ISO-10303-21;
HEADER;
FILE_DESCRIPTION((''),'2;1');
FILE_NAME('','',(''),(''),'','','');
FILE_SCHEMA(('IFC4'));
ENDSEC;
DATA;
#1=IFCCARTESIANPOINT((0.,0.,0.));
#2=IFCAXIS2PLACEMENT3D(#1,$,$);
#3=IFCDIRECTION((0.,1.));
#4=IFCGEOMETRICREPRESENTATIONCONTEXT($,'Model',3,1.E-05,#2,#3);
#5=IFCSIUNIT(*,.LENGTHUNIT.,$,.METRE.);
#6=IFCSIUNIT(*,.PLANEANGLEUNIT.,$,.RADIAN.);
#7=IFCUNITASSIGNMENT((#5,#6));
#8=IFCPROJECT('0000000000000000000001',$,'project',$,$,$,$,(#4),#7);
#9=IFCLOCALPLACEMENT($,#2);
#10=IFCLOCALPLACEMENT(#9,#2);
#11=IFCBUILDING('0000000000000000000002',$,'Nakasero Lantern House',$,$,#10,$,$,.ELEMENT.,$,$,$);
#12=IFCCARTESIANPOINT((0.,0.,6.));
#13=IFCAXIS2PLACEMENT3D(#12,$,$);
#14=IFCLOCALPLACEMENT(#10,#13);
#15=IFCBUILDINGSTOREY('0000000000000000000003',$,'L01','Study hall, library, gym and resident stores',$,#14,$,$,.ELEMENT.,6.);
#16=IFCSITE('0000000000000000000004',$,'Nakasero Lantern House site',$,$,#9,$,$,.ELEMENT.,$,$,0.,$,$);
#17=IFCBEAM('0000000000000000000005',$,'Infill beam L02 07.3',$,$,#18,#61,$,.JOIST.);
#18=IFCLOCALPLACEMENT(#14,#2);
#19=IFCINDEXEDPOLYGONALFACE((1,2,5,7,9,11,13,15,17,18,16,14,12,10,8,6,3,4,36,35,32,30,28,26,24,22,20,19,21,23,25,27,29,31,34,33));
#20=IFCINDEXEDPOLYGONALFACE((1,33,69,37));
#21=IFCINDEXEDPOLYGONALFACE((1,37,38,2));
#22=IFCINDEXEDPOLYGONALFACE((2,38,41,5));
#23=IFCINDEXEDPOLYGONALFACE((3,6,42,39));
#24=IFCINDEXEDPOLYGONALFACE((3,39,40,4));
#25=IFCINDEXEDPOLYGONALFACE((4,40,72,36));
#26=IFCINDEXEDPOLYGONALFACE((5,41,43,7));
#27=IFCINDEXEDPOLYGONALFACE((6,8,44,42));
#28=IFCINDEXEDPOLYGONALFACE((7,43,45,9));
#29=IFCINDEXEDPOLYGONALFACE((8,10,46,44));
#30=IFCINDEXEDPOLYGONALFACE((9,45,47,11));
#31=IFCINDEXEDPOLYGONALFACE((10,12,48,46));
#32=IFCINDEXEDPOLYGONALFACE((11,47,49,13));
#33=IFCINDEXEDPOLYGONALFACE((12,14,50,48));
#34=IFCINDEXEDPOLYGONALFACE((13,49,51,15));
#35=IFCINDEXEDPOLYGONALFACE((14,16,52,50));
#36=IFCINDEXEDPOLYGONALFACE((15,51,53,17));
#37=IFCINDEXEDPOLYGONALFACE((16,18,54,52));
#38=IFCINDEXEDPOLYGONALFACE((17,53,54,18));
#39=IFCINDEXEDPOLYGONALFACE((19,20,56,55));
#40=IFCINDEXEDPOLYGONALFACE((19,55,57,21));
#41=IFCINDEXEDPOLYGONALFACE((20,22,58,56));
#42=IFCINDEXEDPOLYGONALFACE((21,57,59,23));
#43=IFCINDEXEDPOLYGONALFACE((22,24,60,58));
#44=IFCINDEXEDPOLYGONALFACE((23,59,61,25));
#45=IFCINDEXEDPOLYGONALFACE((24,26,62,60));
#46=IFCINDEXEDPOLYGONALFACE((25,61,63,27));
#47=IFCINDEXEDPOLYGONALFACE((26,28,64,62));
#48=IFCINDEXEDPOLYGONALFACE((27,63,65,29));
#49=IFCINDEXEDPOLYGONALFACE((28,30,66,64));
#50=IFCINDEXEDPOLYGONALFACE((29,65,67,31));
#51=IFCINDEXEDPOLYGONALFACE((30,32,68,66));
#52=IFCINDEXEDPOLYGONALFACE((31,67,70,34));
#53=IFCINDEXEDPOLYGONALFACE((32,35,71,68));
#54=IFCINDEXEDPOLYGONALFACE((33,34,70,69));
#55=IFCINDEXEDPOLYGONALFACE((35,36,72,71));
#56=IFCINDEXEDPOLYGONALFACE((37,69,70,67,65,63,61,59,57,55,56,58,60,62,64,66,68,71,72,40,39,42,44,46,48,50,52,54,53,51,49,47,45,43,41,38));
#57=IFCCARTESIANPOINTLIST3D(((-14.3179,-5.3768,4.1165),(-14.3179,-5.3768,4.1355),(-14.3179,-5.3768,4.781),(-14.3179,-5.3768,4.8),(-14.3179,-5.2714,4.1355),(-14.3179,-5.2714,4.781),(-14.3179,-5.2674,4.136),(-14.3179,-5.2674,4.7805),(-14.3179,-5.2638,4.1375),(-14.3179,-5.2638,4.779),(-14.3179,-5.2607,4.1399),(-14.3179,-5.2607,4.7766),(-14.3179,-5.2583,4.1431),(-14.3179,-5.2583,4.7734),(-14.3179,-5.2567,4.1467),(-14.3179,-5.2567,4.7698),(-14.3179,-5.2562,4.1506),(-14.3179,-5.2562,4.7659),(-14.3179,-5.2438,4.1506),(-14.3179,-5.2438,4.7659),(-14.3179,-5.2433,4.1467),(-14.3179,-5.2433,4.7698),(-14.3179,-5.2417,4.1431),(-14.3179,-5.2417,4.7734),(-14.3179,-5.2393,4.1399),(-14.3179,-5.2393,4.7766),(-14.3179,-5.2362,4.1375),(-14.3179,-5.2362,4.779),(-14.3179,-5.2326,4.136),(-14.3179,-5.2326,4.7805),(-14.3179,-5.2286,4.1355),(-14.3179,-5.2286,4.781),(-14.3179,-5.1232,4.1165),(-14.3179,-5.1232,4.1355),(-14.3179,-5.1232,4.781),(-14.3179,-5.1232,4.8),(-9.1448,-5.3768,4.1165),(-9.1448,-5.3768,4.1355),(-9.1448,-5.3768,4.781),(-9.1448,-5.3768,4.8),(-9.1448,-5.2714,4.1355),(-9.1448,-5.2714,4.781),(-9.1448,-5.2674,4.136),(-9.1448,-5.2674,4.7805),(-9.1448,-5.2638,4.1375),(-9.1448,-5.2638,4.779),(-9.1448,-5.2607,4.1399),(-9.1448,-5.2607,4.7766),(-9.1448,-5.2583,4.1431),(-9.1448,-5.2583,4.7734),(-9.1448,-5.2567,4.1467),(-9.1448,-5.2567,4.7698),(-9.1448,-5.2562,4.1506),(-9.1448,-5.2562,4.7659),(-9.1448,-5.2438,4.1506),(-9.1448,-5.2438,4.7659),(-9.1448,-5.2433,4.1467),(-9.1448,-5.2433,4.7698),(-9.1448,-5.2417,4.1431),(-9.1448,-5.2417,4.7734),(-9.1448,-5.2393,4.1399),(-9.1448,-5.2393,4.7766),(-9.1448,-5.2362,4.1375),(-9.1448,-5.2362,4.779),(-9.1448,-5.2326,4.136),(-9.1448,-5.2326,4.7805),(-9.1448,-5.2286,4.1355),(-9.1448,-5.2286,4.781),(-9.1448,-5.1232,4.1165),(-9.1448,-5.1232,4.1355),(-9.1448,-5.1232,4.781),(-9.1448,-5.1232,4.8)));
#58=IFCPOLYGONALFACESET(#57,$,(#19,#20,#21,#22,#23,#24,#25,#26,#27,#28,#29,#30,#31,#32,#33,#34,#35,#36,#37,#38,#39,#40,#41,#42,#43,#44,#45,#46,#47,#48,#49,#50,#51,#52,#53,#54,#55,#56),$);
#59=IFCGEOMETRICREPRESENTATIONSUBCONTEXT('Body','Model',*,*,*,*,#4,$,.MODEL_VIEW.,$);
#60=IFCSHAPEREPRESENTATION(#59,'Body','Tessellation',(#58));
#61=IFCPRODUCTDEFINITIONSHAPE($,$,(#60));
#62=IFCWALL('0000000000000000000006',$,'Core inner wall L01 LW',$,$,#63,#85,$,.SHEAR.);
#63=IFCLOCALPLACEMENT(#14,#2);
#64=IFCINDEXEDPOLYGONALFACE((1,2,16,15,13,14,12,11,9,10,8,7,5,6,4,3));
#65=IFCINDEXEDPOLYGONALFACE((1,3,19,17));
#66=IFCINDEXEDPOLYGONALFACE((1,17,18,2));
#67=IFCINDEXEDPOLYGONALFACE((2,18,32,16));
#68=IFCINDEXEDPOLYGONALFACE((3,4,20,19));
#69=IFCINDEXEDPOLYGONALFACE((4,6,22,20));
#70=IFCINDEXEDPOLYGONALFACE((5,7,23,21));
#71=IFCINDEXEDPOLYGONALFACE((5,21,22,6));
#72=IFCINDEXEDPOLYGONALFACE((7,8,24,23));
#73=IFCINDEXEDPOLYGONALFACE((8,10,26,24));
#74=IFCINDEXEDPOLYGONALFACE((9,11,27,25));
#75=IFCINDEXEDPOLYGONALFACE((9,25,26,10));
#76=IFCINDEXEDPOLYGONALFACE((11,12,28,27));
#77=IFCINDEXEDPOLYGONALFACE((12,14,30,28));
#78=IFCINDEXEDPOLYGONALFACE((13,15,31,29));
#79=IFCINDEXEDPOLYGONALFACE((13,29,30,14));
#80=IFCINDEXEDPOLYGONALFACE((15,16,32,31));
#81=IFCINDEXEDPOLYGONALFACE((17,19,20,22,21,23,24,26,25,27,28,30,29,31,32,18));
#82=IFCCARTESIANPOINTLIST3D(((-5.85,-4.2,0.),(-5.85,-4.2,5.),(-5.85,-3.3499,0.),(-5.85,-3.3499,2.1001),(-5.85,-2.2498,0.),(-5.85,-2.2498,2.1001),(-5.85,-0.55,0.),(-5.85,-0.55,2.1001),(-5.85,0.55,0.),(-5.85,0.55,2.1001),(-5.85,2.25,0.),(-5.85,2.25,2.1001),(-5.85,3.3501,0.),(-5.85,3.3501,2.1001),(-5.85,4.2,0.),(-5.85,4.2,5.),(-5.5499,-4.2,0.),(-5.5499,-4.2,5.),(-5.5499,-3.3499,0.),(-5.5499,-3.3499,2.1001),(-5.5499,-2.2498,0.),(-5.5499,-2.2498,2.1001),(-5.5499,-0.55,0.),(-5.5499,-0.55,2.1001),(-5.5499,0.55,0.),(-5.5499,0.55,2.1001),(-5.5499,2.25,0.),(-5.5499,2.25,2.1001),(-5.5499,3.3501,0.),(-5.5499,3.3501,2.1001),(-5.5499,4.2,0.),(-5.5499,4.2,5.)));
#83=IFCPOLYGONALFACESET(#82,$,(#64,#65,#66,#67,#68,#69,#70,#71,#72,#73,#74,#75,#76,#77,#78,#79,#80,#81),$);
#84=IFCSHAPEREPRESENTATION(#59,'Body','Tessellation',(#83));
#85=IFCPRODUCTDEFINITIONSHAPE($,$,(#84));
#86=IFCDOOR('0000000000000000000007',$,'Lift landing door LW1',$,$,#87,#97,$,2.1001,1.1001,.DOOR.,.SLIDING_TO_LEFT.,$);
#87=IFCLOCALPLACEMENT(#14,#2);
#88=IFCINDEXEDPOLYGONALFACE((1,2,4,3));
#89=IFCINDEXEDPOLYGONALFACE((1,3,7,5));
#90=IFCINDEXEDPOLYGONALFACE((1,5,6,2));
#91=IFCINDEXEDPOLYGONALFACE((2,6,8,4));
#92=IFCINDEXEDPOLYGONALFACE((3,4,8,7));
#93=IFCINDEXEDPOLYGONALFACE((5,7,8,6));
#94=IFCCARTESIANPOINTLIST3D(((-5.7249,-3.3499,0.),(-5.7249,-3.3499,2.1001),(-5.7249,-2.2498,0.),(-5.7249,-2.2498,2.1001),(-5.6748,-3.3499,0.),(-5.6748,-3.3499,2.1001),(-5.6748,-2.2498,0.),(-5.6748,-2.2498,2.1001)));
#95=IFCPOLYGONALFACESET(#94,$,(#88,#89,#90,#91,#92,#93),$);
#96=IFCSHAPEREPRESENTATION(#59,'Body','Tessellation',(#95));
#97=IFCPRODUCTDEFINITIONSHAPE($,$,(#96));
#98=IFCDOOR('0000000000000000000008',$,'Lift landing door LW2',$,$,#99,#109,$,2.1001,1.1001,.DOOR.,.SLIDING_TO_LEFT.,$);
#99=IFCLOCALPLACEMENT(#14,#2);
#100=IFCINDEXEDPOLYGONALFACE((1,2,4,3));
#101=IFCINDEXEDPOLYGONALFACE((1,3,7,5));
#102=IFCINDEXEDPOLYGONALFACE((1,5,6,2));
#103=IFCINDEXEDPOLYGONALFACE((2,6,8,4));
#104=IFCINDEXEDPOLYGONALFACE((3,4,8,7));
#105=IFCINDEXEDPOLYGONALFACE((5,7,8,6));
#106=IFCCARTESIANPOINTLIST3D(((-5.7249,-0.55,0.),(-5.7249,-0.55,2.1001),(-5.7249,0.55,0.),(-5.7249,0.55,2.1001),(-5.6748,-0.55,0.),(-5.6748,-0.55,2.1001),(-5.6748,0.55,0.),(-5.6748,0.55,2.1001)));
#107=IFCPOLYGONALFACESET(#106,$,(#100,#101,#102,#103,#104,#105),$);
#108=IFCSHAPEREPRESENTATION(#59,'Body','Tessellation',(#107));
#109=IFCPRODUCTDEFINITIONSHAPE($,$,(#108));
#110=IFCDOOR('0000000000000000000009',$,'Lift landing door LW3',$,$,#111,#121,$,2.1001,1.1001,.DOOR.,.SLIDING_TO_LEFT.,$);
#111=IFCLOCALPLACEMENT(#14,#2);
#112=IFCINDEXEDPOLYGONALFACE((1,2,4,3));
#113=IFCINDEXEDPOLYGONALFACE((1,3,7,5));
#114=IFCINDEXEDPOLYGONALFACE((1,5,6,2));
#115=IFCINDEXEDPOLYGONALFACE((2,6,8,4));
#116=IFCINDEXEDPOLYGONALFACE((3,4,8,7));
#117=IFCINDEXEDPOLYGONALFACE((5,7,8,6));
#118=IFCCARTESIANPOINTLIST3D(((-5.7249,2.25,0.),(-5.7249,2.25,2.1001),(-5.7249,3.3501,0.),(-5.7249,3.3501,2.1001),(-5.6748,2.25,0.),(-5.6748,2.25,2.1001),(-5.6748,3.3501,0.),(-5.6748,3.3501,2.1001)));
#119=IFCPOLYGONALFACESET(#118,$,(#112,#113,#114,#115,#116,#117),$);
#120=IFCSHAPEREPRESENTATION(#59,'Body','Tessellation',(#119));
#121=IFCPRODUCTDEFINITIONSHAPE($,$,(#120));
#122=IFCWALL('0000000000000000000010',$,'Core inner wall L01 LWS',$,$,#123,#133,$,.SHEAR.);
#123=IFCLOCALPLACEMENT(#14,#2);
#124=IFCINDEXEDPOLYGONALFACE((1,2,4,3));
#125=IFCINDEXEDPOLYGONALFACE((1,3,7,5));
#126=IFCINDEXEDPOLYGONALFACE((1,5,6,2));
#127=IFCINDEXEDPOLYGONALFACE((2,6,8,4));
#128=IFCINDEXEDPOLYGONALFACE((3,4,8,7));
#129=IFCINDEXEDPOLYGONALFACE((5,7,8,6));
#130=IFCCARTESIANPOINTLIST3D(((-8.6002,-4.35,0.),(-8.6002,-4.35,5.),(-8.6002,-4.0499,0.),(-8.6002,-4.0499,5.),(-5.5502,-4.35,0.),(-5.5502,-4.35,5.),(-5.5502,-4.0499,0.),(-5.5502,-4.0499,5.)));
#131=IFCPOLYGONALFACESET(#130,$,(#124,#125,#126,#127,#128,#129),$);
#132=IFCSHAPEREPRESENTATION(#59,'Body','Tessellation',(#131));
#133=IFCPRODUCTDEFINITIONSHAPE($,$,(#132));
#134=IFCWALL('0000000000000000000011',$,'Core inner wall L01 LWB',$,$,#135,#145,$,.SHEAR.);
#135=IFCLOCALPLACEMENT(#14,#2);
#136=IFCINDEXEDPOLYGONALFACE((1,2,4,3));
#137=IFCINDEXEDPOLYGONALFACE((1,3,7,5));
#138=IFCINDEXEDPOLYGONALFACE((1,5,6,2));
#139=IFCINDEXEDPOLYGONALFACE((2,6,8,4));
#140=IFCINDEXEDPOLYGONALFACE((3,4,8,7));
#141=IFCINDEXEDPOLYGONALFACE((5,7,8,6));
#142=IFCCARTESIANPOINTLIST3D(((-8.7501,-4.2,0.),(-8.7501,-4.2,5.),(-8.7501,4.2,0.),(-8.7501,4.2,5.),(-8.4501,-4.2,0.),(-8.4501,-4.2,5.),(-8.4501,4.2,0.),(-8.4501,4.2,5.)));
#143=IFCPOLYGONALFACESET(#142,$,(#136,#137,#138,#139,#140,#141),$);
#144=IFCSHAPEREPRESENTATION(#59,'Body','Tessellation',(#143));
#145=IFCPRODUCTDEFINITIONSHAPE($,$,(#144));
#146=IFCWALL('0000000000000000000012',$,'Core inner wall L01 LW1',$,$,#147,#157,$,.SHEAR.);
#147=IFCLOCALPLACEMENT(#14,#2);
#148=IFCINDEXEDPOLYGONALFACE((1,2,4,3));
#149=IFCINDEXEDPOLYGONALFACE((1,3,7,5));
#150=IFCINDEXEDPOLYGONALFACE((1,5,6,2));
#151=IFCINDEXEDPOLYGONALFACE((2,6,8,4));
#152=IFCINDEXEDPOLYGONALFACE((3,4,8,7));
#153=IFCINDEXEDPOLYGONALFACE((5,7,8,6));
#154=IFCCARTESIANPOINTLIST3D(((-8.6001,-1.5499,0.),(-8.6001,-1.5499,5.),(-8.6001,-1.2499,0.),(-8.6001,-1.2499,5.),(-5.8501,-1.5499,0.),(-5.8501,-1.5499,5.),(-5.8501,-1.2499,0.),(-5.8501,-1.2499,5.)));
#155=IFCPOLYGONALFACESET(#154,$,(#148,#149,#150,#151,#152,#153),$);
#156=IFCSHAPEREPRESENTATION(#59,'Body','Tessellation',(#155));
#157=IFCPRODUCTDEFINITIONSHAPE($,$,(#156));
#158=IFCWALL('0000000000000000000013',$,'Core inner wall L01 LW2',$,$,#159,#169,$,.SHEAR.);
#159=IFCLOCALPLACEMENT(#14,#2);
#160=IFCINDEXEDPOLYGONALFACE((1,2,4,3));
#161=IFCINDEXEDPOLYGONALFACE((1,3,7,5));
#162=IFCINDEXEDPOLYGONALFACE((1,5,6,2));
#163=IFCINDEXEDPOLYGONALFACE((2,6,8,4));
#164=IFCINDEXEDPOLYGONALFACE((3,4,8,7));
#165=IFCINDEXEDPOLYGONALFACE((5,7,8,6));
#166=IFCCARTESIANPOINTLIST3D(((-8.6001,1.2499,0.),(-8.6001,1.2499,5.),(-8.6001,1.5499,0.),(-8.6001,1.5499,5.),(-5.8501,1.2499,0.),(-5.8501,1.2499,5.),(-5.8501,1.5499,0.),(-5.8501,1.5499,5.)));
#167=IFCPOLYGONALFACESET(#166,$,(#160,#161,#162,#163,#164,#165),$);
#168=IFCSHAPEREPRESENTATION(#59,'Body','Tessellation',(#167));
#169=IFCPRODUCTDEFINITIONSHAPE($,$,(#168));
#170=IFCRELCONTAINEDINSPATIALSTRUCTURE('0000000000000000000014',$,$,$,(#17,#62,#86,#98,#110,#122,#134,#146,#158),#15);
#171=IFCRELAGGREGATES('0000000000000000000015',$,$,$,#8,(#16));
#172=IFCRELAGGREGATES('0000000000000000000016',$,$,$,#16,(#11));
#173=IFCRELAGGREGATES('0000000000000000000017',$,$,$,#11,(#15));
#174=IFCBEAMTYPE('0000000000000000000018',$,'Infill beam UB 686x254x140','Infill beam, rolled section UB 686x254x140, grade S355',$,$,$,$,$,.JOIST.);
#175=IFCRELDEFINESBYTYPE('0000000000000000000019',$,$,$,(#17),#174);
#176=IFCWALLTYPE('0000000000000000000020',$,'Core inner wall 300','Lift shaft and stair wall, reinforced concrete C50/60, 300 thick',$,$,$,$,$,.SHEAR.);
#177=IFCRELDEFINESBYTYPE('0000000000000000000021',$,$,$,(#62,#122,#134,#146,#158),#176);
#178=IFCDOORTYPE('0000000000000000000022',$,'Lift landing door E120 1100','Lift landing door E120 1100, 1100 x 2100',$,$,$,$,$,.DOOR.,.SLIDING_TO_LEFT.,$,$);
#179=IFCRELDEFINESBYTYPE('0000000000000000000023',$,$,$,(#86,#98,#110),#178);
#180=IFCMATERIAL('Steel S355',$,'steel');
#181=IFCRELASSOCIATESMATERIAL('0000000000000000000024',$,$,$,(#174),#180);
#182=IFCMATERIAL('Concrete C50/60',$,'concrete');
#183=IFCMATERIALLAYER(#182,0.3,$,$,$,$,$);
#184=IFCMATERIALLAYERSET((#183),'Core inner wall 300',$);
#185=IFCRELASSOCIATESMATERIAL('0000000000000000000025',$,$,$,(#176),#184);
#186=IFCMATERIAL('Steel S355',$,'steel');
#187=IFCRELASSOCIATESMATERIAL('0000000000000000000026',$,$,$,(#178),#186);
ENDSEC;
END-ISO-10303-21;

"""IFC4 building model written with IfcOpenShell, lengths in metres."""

from ifc_helpers import new_model, si_unit, direction, frame, frame_2d, origin, origin_2d, place, context, subcontext, project, spatial, rectangle, i_section, extrude, material, layer, layer_set, material_profile, profile_set, type_object, element, fill, save


model = new_model("IFC4")

# Units and contexts
model_context = context("Model", 3, precision=1e-05, world=origin(), true_north=direction((0.0, 1.0)))
body_context = subcontext(model_context, "Body", "Model", "MODEL_VIEW")
ifc_project = project(units=[si_unit("LENGTHUNIT", "METRE"), si_unit("PLANEANGLEUNIT", "RADIAN")], contexts=[model_context])

# Site, building, storey
site_placement = place(None, origin())
site = spatial("IfcSite", under=ifc_project, at=site_placement, Name="Nakasero Lantern House site", CompositionType="ELEMENT", RefElevation=0.0)
building_placement = place(site_placement, origin())
building = spatial("IfcBuilding", under=site, at=building_placement, Name="Nakasero Lantern House", CompositionType="ELEMENT")
storey_placement = place(building_placement, frame((0.0, 0.0, 6.0)))
storey = spatial("IfcBuildingStorey", under=building, at=storey_placement, Name="L01", Description="Study hall, library, gym and resident stores", CompositionType="ELEMENT", Elevation=6.0)

# Beam
ifc_material_1 = material(Name="Steel S355", Category="steel")
ifc_material_profile = material_profile(ifc_material_1, i_section(OverallWidth=0.2537, OverallDepth=0.6836, WebThickness=0.0125, FlangeThickness=0.019, FilletRadius=0.0151, at=origin_2d()), Name="UB 686x254x140")
ifc_profile_set = profile_set([ifc_material_profile], Name="Steel S355")
beam_type = type_object("IfcBeamType", Name="Infill beam UB 686x254x140", Description="Infill beam, rolled section UB 686x254x140, grade S355", PredefinedType="JOIST", material=ifc_profile_set)
beam_placement = place(storey_placement, frame((-14.3179, -5.25, 4.4583), z_axis=(1.0, 0.0, 0.0), x_axis=(0.0, 1.0, 0.0)))
element("IfcBeam", 1, at=beam_placement, inside=storey, type_object=beam_type, Name="Infill beam L02 07.3", PredefinedType="JOIST", context=body_context, shape_type="SweptSolid", body=[
    extrude(i_section(OverallWidth=0.2537, OverallDepth=0.6836, WebThickness=0.0125, FlangeThickness=0.019, FilletRadius=0.0151, at=origin_2d()), origin(), (0.0, 0.0, 1.0), 5.1731),
])

# Wall, openings, doors
ifc_material_2 = material(Name="Concrete C50/60", Category="concrete")
ifc_layer_1 = layer(ifc_material_2, 0.3)
ifc_layer_set_1 = layer_set([ifc_layer_1], Name="Core inner wall 300")
wall_type_1 = type_object("IfcWallType", Name="Core inner wall 300", Description="Lift shaft and stair wall, reinforced concrete C50/60, 300 thick", PredefinedType="SHEAR", material=ifc_layer_set_1)
wall_1_placement = place(storey_placement, frame((-5.7, -4.2, 0.0), z_axis=(0.0, 0.0, 1.0), x_axis=(0.0, 1.0, 0.0)))
wall_1 = element("IfcWall", 2, at=wall_1_placement, inside=storey, type_object=wall_type_1, Name="Core inner wall L01 LW", PredefinedType="SHEAR", context=body_context, shape_type="SweptSolid", body=[
    extrude(rectangle(XDim=8.3999, YDim=0.3, at=frame_2d((4.2, 0.0))), origin(), (0.0, 0.0, 1.0), 5.0),
])
opening_1_placement = place(wall_1_placement, frame((0.8501, 0.0, 0.0)))
opening_1 = element("IfcOpeningElement", 3, at=opening_1_placement, cuts=wall_1, PredefinedType="OPENING", context=body_context, shape_type="SweptSolid", body=[
    extrude(rectangle(XDim=1.1001, YDim=2.1001, at=frame_2d((0.55, 1.05))), frame((0.0, 0.1699, 0.0), z_axis=(0.0, -1.0, 0.0), x_axis=(1.0, 0.0, 0.0)), (0.0, 0.0, 1.0), 0.3401),
])
opening_2_placement = place(wall_1_placement, frame((3.6499, 0.0, 0.0)))
opening_2 = element("IfcOpeningElement", 4, at=opening_2_placement, cuts=wall_1, PredefinedType="OPENING", context=body_context, shape_type="SweptSolid", body=[
    extrude(rectangle(XDim=1.1001, YDim=2.1001, at=frame_2d((0.55, 1.05))), frame((0.0, 0.1699, 0.0), z_axis=(0.0, -1.0, 0.0), x_axis=(1.0, 0.0, 0.0)), (0.0, 0.0, 1.0), 0.3401),
])
opening_3_placement = place(wall_1_placement, frame((6.45, 0.0, 0.0)))
opening_3 = element("IfcOpeningElement", 5, at=opening_3_placement, cuts=wall_1, PredefinedType="OPENING", context=body_context, shape_type="SweptSolid", body=[
    extrude(rectangle(XDim=1.1001, YDim=2.1001, at=frame_2d((0.55, 1.05))), frame((0.0, 0.1699, 0.0), z_axis=(0.0, -1.0, 0.0), x_axis=(1.0, 0.0, 0.0)), (0.0, 0.0, 1.0), 0.3401),
])
ifc_material_3 = material(Name="Steel S355", Category="steel")
door_type_1 = type_object("IfcDoorType", Name="Lift landing door E120 1100", Description="Lift landing door E120 1100, 1100 x 2100", OperationType="SLIDING_TO_LEFT", PredefinedType="DOOR", material=ifc_material_3)
door_1_placement = place(opening_1_placement, origin())
door_1 = element("IfcDoor", 6, at=door_1_placement, inside=storey, type_object=door_type_1, Name="Lift landing door LW1", OperationType="SLIDING_TO_LEFT", OverallHeight=2.1001, OverallWidth=1.1001, PredefinedType="DOOR", context=body_context, shape_type="SweptSolid", body=[
    extrude(rectangle(XDim=1.1001, YDim=2.1001, at=frame_2d((0.55, 1.05))), frame((0.0, 0.0249, 0.0), z_axis=(0.0, -1.0, 0.0), x_axis=(1.0, 0.0, 0.0)), (0.0, 0.0, 1.0), 0.05),
])
fill(opening_1, door_1)
door_2_placement = place(opening_2_placement, origin())
door_2 = element("IfcDoor", 7, at=door_2_placement, inside=storey, type_object=door_type_1, Name="Lift landing door LW2", OperationType="SLIDING_TO_LEFT", OverallHeight=2.1001, OverallWidth=1.1001, PredefinedType="DOOR", context=body_context, shape_type="SweptSolid", body=[
    extrude(rectangle(XDim=1.1001, YDim=2.1001, at=frame_2d((0.55, 1.05))), frame((0.0, 0.0249, 0.0), z_axis=(0.0, -1.0, 0.0), x_axis=(1.0, 0.0, 0.0)), (0.0, 0.0, 1.0), 0.05),
])
fill(opening_2, door_2)
door_3_placement = place(opening_3_placement, origin())
door_3 = element("IfcDoor", 8, at=door_3_placement, inside=storey, type_object=door_type_1, Name="Lift landing door LW3", OperationType="SLIDING_TO_LEFT", OverallHeight=2.1001, OverallWidth=1.1001, PredefinedType="DOOR", context=body_context, shape_type="SweptSolid", body=[
    extrude(rectangle(XDim=1.1001, YDim=2.1001, at=frame_2d((0.55, 1.05))), frame((0.0, 0.0249, 0.0), z_axis=(0.0, -1.0, 0.0), x_axis=(1.0, 0.0, 0.0)), (0.0, 0.0, 1.0), 0.05),
])
fill(opening_3, door_3)

# Walls
wall_2_placement = place(storey_placement, frame((-8.6001, -4.2, 0.0), z_axis=(0.0, 0.0, 1.0), x_axis=(1.0, 0.0, 0.0)))
element("IfcWall", 9, at=wall_2_placement, inside=storey, type_object=wall_type_1, Name="Core inner wall L01 LWS", PredefinedType="SHEAR", context=body_context, shape_type="SweptSolid", body=[
    extrude(rectangle(XDim=3.05, YDim=0.3, at=frame_2d((1.5249, 0.0))), origin(), (0.0, 0.0, 1.0), 5.0),
])
wall_3_placement = place(storey_placement, frame((-8.6001, -4.2, 0.0), z_axis=(0.0, 0.0, 1.0), x_axis=(0.0, 1.0, 0.0)))
element("IfcWall", 10, at=wall_3_placement, inside=storey, type_object=wall_type_1, Name="Core inner wall L01 LWB", PredefinedType="SHEAR", context=body_context, shape_type="SweptSolid", body=[
    extrude(rectangle(XDim=8.3999, YDim=0.3, at=frame_2d((4.2, 0.0))), origin(), (0.0, 0.0, 1.0), 5.0),
])
for number, where, z_axis, x_axis, name in (
    (11, (-8.6001, -1.3999, 0.0), (0.0, 0.0, 1.0), (1.0, 0.0, 0.0), "Core inner wall L01 LW1"),
    (12, (-8.6001, 1.3999, 0.0), (0.0, 0.0, 1.0), (1.0, 0.0, 0.0), "Core inner wall L01 LW2"),
):
    element("IfcWall", number, at=place(storey_placement, frame(where, z_axis=z_axis, x_axis=x_axis)), inside=storey, type_object=wall_type_1, Name=name, PredefinedType="SHEAR", context=body_context, shape_type="SweptSolid", body=[
        extrude(rectangle(XDim=2.75, YDim=0.3, at=frame_2d((1.375, 0.0))), origin(), (0.0, 0.0, 1.0), 5.0),
    ])

save(model, "model.ifc")
